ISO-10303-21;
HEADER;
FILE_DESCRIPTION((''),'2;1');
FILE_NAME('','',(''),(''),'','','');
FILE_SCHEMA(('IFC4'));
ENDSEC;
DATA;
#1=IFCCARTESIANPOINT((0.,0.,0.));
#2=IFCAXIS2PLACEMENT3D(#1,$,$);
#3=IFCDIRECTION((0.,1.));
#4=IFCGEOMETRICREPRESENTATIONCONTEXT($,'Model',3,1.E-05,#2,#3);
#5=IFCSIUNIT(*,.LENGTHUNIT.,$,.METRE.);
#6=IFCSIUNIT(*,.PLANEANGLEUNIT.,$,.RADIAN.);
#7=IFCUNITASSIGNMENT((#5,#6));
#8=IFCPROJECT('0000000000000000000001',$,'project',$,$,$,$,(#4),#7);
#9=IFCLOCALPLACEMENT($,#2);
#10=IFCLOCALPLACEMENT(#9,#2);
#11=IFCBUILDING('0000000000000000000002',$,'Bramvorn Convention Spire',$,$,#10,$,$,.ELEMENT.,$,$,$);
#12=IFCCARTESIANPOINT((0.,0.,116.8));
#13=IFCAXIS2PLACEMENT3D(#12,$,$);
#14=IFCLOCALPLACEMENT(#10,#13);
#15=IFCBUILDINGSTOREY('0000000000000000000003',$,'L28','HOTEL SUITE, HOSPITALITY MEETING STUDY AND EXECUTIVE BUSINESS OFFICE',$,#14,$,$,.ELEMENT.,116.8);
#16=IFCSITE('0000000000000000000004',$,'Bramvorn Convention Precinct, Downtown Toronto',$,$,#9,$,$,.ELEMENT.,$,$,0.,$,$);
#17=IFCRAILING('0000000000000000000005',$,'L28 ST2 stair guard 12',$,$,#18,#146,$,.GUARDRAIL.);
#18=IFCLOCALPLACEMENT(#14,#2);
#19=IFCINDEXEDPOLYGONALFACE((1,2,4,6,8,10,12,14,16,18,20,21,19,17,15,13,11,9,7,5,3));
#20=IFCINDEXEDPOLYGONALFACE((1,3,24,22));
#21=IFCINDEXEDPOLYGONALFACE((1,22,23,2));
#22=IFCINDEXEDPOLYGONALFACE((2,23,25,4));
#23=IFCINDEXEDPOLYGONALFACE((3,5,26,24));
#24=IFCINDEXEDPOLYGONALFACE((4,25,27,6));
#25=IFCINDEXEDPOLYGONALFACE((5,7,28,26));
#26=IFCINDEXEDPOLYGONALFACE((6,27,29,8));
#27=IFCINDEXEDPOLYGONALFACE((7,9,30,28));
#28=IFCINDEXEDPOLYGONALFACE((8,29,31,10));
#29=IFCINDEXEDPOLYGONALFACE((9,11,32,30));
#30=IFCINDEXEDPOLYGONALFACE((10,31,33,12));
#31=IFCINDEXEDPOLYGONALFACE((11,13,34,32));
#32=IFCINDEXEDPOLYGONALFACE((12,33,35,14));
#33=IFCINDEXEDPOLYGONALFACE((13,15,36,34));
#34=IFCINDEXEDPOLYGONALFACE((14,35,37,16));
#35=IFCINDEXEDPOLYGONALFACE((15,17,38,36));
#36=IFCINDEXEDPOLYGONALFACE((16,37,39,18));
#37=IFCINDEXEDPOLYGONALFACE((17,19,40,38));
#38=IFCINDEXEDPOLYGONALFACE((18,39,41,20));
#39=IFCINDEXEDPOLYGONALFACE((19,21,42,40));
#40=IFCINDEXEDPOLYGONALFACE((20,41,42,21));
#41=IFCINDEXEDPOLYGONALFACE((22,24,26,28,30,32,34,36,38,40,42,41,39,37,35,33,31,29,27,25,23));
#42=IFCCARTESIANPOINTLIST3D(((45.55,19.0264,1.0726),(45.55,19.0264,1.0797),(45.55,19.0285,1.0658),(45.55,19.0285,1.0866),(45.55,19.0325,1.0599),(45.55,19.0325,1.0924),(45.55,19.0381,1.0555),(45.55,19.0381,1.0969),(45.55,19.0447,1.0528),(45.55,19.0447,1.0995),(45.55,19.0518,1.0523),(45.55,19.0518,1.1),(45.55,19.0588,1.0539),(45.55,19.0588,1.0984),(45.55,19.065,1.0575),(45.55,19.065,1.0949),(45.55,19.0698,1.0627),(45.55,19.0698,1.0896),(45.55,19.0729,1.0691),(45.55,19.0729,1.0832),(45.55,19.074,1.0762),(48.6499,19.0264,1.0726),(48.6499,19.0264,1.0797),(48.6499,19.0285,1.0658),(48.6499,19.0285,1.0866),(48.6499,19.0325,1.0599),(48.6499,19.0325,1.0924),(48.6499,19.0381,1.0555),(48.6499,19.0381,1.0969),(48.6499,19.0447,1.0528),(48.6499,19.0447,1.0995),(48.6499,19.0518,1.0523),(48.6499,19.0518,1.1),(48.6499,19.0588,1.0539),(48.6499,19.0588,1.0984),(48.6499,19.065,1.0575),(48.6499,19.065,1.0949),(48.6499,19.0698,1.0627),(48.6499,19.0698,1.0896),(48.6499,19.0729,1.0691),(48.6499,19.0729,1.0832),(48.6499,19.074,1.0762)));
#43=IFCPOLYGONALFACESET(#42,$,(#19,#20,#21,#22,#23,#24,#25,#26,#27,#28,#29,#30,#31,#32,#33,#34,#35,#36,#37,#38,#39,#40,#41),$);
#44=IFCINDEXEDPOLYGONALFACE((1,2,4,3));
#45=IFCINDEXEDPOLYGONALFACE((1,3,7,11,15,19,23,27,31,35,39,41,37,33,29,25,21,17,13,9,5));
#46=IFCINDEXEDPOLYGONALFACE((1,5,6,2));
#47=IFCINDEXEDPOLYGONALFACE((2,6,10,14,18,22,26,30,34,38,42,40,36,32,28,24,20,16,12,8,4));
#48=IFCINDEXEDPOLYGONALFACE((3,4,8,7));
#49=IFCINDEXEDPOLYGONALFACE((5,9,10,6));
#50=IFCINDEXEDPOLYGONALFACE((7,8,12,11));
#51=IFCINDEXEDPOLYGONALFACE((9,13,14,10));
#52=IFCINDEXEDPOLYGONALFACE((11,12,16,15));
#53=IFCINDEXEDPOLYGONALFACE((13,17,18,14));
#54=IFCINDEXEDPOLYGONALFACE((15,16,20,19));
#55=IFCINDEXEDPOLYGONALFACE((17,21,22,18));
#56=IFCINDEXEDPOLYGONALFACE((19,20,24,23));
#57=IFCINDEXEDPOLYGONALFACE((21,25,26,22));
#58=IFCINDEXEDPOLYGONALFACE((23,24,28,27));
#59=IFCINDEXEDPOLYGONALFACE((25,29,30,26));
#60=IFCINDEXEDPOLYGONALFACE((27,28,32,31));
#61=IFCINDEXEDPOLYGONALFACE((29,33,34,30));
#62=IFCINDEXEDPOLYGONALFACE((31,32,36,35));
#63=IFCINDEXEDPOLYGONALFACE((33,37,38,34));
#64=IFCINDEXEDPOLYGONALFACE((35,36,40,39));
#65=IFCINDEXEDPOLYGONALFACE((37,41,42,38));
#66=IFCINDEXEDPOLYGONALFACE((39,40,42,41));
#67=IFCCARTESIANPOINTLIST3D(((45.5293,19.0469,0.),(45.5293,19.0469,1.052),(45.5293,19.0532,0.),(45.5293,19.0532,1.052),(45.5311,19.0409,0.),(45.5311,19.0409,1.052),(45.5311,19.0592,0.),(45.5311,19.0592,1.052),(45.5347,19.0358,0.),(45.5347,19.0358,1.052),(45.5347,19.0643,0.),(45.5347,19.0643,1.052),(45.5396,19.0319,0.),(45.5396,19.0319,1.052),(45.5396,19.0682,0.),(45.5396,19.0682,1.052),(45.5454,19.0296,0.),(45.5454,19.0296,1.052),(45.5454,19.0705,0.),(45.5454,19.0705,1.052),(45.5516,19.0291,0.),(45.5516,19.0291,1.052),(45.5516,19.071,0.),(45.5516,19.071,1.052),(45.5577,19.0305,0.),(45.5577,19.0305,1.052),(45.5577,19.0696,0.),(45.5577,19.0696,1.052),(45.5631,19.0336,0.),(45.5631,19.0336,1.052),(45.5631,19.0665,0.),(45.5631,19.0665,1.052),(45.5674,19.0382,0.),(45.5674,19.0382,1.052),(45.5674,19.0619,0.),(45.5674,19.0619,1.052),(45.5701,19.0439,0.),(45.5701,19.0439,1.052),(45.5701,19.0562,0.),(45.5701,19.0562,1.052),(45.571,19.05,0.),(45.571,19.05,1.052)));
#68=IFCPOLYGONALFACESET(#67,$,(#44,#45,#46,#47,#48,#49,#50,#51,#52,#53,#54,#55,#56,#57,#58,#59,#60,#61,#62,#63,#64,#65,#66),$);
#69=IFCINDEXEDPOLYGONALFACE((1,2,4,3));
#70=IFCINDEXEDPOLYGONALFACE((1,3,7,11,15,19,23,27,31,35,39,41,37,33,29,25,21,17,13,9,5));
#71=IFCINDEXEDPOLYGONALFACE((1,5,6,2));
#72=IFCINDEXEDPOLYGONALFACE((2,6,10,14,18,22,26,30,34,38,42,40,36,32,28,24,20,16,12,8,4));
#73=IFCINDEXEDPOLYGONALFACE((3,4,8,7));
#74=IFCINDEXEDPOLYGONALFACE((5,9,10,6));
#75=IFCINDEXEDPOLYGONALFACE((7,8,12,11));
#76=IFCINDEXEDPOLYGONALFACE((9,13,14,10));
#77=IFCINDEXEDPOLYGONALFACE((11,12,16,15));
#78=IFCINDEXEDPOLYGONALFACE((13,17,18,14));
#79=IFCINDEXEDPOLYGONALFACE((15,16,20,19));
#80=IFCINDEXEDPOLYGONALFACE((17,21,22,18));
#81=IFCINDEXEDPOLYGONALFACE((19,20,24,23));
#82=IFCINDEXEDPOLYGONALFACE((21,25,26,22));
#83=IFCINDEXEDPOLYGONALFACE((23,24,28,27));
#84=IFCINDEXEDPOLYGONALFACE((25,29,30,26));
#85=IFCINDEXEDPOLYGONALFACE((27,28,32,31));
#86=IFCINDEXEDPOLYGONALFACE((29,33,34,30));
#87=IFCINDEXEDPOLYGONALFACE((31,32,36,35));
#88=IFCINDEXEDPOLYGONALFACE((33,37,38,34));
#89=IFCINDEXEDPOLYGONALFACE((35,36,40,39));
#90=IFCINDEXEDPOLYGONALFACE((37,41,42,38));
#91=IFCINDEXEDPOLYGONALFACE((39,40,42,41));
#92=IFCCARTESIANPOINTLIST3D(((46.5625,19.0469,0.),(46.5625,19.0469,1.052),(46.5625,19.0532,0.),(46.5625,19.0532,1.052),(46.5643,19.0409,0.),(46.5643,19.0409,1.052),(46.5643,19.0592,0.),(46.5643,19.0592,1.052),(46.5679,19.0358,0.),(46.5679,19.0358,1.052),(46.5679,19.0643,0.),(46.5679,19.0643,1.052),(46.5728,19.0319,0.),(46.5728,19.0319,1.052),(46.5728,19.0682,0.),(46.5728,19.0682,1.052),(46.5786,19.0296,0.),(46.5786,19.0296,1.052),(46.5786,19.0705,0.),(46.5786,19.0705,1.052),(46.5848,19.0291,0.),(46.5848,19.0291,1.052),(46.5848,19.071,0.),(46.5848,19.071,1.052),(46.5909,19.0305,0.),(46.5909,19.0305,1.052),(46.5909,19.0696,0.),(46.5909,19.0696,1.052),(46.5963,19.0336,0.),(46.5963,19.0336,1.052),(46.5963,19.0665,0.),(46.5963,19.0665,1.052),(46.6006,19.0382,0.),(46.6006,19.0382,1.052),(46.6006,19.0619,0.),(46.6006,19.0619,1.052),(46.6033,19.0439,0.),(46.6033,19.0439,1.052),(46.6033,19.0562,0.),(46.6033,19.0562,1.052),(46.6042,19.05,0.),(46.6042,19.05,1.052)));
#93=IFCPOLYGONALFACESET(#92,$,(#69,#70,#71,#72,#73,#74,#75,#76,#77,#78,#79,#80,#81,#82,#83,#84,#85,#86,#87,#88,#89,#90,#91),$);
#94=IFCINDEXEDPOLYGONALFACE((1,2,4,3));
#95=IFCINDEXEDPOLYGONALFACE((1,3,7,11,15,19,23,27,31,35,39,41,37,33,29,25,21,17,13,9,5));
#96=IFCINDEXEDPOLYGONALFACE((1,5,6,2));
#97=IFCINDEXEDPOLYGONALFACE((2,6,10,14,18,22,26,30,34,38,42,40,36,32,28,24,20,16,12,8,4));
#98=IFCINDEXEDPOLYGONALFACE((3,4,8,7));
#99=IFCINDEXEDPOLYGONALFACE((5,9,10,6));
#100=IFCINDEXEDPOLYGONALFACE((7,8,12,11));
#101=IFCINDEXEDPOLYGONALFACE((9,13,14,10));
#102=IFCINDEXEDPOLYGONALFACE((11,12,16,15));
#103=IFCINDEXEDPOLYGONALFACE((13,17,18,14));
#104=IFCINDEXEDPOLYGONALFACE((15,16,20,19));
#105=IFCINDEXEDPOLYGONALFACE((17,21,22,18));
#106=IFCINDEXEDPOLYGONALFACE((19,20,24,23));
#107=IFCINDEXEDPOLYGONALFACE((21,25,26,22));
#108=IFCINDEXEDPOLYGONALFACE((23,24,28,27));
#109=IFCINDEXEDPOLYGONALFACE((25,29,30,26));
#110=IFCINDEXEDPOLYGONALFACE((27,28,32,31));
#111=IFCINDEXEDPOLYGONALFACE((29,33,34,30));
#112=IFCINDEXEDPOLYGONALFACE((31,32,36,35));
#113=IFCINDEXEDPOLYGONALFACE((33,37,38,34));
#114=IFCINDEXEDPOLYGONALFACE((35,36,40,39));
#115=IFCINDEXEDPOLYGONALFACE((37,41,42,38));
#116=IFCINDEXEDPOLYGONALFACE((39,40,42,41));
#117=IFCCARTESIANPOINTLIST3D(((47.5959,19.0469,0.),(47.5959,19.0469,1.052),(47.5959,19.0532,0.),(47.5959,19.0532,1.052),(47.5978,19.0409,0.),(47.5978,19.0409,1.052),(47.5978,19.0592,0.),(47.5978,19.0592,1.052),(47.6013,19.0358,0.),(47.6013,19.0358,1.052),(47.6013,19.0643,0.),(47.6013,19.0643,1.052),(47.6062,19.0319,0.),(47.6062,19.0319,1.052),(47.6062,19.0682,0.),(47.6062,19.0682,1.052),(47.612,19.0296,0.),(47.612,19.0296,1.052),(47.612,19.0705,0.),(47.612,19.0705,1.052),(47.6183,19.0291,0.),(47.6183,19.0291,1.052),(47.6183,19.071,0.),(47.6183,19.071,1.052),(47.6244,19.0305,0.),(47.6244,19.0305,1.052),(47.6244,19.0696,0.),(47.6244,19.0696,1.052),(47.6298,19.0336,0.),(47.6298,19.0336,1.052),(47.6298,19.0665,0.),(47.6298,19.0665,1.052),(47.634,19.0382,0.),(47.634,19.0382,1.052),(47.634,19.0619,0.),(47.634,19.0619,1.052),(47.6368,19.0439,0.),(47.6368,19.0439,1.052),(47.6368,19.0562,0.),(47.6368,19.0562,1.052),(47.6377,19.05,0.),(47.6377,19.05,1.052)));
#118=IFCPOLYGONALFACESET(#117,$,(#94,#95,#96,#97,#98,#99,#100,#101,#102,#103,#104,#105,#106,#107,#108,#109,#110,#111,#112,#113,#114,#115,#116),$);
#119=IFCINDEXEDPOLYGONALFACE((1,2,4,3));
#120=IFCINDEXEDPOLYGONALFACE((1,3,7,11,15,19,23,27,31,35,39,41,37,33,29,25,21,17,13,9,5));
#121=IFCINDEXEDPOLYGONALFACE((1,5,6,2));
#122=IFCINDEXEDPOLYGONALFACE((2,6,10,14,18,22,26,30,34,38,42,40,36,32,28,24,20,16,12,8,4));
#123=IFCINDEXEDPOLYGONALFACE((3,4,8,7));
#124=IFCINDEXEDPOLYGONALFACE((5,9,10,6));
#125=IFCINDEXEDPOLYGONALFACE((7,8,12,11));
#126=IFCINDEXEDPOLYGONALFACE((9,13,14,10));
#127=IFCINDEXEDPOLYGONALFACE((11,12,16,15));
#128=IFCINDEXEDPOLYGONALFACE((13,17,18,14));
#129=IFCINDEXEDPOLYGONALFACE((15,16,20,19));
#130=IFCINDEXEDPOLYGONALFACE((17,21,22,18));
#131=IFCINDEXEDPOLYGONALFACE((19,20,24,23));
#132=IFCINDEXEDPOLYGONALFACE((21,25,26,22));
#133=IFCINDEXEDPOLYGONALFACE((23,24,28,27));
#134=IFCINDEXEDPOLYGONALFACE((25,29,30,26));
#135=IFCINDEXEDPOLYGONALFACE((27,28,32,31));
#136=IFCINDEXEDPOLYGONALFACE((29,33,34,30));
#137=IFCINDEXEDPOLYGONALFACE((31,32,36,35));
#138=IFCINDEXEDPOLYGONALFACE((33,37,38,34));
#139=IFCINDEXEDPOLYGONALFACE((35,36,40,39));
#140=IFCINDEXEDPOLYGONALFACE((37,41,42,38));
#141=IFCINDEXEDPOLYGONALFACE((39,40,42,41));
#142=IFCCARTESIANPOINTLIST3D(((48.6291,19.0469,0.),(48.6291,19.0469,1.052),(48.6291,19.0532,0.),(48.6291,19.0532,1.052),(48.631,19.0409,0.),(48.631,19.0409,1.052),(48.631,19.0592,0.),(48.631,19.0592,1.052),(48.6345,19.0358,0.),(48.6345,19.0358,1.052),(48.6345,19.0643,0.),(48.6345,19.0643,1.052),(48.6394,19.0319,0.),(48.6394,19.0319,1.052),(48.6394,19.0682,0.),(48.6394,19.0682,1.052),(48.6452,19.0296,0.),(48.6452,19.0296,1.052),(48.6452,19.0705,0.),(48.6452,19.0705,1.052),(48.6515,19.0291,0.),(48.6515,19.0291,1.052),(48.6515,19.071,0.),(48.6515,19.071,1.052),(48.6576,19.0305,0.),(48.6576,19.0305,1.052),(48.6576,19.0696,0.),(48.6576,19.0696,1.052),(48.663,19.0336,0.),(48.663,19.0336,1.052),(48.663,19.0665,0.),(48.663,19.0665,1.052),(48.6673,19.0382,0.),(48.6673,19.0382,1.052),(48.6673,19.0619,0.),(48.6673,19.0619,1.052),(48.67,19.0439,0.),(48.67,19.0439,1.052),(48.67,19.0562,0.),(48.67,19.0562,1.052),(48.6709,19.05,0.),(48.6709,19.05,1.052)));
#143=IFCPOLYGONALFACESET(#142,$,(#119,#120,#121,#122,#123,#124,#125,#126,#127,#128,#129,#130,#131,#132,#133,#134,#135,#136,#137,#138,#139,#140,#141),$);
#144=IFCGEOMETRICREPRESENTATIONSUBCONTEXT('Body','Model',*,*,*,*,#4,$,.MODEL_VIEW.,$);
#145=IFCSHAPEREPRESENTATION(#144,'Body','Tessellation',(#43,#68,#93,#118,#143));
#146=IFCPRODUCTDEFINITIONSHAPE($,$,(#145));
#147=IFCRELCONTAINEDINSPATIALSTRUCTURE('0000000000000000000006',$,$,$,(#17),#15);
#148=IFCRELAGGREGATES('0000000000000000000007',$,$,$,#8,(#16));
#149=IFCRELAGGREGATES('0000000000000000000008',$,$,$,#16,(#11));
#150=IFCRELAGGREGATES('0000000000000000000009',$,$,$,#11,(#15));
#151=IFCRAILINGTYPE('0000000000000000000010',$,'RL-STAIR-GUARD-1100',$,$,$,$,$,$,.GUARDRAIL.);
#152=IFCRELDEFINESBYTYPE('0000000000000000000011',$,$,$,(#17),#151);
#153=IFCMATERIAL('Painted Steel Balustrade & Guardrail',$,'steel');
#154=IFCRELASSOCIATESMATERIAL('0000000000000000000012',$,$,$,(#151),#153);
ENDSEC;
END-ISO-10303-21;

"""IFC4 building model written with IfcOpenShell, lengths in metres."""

from ifc_helpers import new_model, si_unit, direction, frame, origin, origin_2d, place, context, subcontext, project, spatial, circle, extrude, material, type_object, element, save


model = new_model("IFC4")

# Units and contexts
model_context = context("Model", 3, precision=1e-05, world=origin(), true_north=direction((0.0, 1.0)))
body_context = subcontext(model_context, "Body", "Model", "MODEL_VIEW")
ifc_project = project(units=[si_unit("LENGTHUNIT", "METRE"), si_unit("PLANEANGLEUNIT", "RADIAN")], contexts=[model_context])

# Site, building, storey
site_placement = place(None, origin())
site = spatial("IfcSite", under=ifc_project, at=site_placement, Name="Bramvorn Convention Precinct, Downtown Toronto", CompositionType="ELEMENT", RefElevation=0.0)
building_placement = place(site_placement, origin())
building = spatial("IfcBuilding", under=site, at=building_placement, Name="Bramvorn Convention Spire", CompositionType="ELEMENT")
storey_placement = place(building_placement, frame((0.0, 0.0, 116.8)))
storey = spatial("IfcBuildingStorey", under=building, at=storey_placement, Name="L28", Description="HOTEL SUITE, HOSPITALITY MEETING STUDY AND EXECUTIVE BUSINESS OFFICE", CompositionType="ELEMENT", Elevation=116.8)

# Railing
ifc_material_1 = material(Name="Painted Steel Balustrade & Guardrail", Category="steel")
railing_type = type_object("IfcRailingType", Name="RL-STAIR-GUARD-1100", PredefinedType="GUARDRAIL", material=ifc_material_1)
railing_1_placement = place(storey_placement, frame((45.55, 19.05, 0.0)))
element("IfcRailing", 1, at=railing_1_placement, inside=storey, type_object=railing_type, Name="L28 ST2 stair guard 12", PredefinedType="GUARDRAIL", context=body_context, shape_type="SweptSolid", body=[
    extrude(circle(Radius=0.0239, at=origin_2d()), frame((0.0, 0.0, 1.0762), z_axis=(1.0, 0.0, 0.0), x_axis=(0.0, 1.0, 0.0)), (0.0, 0.0, 1.0), 3.0999),
    extrude(circle(Radius=0.021, at=origin_2d()), origin(), (0.0, 0.0, 1.0), 1.052),
    extrude(circle(Radius=0.021, at=origin_2d()), frame((1.0332, 0.0, 0.0)), (0.0, 0.0, 1.0), 1.052),
    extrude(circle(Radius=0.021, at=origin_2d()), frame((2.0667, 0.0, 0.0)), (0.0, 0.0, 1.0), 1.052),
    extrude(circle(Radius=0.021, at=origin_2d()), frame((3.0999, 0.0, 0.0)), (0.0, 0.0, 1.0), 1.052),
])

save(model, "model.ifc")
